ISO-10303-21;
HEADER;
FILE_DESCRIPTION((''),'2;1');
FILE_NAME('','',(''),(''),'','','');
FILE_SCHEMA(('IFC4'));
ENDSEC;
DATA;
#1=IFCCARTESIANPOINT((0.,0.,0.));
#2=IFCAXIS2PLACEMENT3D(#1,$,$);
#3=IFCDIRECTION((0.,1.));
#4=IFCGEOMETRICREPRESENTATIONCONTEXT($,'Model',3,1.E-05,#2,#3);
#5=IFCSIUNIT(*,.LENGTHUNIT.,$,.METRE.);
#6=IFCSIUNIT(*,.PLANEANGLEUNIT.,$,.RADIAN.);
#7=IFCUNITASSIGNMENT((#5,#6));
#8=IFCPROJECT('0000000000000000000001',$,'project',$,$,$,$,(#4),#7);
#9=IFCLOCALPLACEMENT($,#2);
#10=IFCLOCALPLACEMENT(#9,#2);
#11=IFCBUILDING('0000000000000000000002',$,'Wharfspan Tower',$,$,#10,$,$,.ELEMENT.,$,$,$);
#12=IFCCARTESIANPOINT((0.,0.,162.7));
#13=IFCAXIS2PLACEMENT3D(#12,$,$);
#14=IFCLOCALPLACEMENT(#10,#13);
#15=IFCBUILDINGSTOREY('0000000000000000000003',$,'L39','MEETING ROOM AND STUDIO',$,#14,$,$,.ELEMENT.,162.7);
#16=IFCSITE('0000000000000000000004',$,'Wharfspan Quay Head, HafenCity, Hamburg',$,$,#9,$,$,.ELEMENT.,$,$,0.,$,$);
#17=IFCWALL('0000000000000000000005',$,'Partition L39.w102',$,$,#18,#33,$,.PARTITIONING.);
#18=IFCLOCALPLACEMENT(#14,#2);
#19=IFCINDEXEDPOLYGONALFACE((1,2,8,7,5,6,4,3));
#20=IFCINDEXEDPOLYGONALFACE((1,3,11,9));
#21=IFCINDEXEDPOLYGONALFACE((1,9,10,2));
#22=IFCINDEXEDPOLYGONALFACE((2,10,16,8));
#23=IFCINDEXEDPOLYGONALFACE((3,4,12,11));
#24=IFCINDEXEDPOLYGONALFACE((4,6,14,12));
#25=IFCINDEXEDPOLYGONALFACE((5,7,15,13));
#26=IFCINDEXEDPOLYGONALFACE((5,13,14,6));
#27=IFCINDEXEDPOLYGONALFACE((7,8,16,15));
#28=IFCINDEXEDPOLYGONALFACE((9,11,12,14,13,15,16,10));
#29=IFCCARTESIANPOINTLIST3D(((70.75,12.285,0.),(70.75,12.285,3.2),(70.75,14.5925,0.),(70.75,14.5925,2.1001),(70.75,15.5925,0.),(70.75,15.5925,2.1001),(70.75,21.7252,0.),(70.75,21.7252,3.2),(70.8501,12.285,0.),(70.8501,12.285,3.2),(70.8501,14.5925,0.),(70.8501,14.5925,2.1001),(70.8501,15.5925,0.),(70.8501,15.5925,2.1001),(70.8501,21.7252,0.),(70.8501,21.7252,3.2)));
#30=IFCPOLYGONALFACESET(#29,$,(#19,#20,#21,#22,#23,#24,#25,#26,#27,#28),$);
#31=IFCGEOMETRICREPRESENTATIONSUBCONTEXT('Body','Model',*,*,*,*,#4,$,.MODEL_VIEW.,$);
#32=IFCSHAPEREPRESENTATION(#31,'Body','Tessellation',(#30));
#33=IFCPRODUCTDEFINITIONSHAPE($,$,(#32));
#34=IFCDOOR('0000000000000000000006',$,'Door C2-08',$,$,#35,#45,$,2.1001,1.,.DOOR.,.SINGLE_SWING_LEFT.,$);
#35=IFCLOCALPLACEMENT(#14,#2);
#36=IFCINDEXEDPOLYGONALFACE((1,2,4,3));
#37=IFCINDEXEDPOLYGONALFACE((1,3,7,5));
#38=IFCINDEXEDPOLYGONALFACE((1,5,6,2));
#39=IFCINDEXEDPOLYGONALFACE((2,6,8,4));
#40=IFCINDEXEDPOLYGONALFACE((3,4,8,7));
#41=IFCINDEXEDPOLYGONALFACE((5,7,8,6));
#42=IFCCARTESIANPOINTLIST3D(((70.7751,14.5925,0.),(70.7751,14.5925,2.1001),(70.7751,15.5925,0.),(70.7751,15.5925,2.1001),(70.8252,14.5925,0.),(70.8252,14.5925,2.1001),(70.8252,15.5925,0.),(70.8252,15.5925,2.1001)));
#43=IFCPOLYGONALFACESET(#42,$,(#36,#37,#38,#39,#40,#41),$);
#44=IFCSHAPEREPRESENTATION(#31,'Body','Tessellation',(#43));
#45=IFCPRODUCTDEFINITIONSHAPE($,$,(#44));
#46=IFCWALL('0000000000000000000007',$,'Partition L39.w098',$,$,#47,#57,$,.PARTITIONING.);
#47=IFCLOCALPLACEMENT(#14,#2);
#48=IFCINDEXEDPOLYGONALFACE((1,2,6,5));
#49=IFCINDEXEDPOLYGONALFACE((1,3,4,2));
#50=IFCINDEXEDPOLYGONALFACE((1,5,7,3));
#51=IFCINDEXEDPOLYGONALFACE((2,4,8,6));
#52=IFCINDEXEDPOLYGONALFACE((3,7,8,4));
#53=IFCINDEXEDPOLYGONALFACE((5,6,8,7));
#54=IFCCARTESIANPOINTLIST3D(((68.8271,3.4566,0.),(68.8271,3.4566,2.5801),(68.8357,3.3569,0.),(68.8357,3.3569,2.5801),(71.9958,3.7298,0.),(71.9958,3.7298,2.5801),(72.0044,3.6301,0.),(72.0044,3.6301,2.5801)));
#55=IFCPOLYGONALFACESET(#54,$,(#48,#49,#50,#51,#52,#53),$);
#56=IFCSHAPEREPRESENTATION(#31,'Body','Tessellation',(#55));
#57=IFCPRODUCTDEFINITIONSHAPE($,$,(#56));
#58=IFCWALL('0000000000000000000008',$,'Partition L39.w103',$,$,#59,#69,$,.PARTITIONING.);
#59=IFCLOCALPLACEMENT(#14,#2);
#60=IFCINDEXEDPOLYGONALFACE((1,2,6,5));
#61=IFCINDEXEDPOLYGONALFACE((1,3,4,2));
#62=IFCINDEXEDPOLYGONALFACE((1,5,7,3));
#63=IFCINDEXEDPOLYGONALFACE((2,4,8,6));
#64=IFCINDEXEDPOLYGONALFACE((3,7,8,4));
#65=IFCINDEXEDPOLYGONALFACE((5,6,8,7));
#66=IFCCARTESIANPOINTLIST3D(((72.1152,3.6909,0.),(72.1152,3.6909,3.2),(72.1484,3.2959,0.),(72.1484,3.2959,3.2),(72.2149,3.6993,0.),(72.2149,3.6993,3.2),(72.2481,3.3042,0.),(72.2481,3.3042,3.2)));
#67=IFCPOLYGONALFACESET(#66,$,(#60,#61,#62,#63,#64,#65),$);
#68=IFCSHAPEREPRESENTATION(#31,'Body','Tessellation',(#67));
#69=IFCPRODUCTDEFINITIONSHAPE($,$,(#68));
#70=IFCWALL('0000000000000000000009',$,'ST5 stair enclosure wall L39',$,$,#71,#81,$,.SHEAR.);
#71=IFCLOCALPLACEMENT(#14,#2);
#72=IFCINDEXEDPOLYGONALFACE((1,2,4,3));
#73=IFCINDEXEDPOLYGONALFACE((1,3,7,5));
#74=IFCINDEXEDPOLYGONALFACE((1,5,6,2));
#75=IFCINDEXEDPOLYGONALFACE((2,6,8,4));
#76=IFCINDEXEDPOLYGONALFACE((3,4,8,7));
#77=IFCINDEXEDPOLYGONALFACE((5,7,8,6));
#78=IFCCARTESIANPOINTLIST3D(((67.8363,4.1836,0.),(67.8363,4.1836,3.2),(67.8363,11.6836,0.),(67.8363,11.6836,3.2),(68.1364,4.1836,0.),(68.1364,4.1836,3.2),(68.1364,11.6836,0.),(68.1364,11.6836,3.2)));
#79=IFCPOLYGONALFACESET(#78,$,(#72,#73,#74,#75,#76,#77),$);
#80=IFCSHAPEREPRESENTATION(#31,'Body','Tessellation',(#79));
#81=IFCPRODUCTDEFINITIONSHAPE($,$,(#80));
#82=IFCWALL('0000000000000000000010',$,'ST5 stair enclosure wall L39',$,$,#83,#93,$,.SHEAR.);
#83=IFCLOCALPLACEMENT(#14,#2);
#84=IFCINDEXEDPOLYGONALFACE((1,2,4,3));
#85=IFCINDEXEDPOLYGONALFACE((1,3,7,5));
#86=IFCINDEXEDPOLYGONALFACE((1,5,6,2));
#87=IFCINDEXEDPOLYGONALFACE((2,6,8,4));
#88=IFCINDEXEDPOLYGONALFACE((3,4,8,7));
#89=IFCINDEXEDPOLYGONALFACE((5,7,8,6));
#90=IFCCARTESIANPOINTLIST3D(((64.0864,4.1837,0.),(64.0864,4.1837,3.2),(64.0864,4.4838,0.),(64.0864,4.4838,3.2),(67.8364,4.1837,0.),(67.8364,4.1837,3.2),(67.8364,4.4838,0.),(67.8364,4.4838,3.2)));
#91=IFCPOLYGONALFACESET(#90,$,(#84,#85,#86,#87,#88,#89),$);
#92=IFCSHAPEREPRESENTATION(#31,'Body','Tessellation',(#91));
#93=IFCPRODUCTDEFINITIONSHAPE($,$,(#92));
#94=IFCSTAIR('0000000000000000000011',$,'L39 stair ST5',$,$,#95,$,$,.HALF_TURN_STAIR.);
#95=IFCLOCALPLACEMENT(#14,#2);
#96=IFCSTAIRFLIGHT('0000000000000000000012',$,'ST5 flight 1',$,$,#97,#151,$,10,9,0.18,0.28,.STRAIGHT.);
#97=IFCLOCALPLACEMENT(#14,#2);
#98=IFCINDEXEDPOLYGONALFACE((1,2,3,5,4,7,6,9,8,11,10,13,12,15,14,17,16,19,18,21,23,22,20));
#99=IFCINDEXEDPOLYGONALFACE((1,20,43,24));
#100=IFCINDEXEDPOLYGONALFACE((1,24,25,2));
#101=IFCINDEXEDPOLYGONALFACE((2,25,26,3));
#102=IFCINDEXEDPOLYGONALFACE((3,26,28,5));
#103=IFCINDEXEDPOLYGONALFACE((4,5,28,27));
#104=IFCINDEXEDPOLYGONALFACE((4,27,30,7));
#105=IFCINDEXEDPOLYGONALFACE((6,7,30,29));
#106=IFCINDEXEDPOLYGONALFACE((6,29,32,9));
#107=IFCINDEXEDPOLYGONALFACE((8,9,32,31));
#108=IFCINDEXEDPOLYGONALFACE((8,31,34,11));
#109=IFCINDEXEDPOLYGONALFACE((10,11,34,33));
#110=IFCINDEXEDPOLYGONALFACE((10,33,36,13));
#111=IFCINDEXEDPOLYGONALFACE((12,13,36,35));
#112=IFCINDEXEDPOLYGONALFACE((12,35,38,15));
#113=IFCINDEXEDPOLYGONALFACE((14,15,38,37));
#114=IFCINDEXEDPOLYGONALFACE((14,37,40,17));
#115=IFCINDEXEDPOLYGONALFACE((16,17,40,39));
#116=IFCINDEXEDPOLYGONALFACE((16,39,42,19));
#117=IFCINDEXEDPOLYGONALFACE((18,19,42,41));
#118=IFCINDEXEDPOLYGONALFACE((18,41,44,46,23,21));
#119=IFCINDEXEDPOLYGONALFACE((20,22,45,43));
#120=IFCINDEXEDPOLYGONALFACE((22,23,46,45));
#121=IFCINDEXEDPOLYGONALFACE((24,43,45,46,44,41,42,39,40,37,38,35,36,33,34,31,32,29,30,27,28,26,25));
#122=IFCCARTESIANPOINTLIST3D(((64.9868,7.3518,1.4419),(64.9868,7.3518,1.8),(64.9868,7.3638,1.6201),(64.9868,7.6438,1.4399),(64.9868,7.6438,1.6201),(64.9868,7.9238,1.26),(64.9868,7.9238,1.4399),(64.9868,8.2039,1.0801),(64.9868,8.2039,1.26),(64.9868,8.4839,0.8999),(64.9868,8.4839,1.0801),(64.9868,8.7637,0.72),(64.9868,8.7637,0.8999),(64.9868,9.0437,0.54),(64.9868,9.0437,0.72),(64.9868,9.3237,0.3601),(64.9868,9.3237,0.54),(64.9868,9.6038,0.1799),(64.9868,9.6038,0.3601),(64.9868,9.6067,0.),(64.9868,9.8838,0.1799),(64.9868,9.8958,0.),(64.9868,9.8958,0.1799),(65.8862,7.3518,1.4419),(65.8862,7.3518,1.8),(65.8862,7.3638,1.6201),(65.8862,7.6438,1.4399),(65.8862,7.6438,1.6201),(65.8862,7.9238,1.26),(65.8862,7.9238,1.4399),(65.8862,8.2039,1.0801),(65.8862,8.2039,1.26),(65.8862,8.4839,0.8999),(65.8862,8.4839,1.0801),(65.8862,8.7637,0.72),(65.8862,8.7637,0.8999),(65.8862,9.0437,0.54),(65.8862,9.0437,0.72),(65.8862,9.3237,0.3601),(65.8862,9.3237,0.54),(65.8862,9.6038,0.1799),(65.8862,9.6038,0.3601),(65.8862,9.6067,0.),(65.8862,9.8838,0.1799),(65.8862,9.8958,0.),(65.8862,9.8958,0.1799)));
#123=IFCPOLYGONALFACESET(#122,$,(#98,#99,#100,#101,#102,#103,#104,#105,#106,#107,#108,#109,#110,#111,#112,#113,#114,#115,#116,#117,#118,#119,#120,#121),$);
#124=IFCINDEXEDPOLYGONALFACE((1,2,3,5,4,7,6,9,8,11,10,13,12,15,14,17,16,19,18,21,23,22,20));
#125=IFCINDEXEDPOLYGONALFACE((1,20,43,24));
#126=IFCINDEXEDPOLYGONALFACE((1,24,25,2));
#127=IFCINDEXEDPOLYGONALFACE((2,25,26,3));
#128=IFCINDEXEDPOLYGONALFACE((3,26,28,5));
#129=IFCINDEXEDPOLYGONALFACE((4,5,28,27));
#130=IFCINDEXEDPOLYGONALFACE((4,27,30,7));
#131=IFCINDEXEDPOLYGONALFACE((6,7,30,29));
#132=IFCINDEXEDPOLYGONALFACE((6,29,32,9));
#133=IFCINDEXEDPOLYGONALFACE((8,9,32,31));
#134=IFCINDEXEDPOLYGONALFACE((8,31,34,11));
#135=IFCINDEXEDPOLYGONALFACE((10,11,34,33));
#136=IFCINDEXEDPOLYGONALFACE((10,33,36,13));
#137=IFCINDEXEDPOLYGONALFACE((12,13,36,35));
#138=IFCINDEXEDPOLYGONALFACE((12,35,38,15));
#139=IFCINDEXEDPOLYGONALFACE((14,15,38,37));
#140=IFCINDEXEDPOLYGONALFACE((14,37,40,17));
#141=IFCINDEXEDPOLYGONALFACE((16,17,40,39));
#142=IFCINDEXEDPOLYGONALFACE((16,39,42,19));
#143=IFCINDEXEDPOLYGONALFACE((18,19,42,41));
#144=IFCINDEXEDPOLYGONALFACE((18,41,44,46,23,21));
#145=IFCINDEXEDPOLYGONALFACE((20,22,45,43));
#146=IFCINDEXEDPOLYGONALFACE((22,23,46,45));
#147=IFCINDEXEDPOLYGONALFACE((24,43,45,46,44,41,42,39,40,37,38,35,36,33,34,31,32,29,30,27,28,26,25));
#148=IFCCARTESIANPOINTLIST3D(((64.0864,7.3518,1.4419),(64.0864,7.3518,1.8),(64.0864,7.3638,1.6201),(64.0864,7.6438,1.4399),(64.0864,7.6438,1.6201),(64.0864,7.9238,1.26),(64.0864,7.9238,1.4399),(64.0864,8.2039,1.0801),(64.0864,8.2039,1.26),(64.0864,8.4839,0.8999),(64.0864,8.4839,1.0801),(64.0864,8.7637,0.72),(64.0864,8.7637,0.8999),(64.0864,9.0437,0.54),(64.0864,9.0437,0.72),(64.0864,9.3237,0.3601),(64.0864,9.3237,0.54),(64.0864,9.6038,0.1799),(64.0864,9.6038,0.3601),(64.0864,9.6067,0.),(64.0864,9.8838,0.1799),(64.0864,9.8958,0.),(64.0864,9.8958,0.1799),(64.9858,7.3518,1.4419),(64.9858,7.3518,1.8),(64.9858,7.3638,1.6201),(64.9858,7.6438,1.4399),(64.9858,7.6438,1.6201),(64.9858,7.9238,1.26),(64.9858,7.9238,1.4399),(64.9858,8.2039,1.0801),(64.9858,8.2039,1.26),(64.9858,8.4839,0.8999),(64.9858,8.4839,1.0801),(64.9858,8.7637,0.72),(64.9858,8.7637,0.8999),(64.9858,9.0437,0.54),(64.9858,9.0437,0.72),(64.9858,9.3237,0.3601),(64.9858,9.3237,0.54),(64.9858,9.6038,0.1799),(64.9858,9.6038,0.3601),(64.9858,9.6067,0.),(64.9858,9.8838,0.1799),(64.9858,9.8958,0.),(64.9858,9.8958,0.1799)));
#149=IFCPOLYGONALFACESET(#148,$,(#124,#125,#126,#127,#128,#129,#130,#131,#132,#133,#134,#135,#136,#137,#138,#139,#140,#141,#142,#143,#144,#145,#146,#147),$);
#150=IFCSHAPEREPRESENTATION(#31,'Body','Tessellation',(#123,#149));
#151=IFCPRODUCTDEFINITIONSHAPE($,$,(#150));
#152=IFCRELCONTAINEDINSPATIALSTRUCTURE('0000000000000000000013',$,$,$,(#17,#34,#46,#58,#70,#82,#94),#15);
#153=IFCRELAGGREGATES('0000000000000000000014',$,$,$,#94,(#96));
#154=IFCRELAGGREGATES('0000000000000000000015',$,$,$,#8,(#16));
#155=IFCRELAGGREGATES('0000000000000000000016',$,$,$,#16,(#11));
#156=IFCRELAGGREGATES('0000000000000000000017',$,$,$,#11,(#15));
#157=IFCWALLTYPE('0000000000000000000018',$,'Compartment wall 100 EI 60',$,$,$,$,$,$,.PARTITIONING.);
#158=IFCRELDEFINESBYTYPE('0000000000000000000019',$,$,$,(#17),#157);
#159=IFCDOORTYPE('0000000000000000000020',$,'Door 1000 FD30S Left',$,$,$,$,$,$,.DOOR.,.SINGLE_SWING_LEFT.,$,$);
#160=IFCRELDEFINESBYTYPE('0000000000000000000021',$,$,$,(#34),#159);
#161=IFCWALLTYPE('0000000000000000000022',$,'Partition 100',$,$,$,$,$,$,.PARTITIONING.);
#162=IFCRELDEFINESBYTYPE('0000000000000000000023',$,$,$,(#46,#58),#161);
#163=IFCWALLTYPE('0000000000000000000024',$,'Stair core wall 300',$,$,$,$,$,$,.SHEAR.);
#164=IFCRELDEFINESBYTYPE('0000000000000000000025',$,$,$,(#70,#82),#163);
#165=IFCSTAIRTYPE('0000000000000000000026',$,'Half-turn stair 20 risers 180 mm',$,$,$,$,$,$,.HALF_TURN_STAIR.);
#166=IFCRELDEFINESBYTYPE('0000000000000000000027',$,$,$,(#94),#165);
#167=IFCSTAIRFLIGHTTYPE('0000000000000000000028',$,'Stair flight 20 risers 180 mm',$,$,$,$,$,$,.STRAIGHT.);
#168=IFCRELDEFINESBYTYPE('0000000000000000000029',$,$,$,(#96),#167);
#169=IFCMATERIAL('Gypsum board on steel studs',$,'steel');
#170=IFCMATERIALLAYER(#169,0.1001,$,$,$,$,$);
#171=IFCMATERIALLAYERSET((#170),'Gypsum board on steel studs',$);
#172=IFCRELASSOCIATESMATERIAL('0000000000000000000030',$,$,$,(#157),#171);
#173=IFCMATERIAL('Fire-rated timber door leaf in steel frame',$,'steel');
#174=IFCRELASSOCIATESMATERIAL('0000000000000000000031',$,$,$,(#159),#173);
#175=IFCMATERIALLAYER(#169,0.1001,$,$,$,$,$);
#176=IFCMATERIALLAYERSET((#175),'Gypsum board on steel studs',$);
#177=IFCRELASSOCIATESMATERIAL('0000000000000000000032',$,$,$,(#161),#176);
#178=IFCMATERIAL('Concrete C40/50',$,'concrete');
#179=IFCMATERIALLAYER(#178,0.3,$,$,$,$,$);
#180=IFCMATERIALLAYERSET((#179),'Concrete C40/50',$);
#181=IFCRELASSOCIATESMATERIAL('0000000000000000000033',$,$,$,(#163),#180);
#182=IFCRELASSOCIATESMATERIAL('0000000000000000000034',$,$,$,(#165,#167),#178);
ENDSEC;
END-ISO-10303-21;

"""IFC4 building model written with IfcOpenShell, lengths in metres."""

from ifc_helpers import new_model, si_unit, direction, frame, frame_2d, origin, place, context, subcontext, project, spatial, polyline, rectangle, outline, extrude, material, layer, layer_set, type_object, element, fill, aggregate, save


model = new_model("IFC4")

# Units and contexts
model_context = context("Model", 3, precision=1e-05, world=origin(), true_north=direction((0.0, 1.0)))
body_context = subcontext(model_context, "Body", "Model", "MODEL_VIEW")
ifc_project = project(units=[si_unit("LENGTHUNIT", "METRE"), si_unit("PLANEANGLEUNIT", "RADIAN")], contexts=[model_context])

# Site, building, storey
site_placement = place(None, origin())
site = spatial("IfcSite", under=ifc_project, at=site_placement, Name="Wharfspan Quay Head, HafenCity, Hamburg", CompositionType="ELEMENT", RefElevation=0.0)
building_placement = place(site_placement, origin())
building = spatial("IfcBuilding", under=site, at=building_placement, Name="Wharfspan Tower", CompositionType="ELEMENT")
storey_placement = place(building_placement, frame((0.0, 0.0, 162.7)))
storey = spatial("IfcBuildingStorey", under=building, at=storey_placement, Name="L39", Description="MEETING ROOM AND STUDIO", CompositionType="ELEMENT", Elevation=162.7)

# Shared definitions
ifc_material_1 = material(Name="Gypsum board on steel studs", Category="steel")
ifc_layer_1 = layer(ifc_material_1, 0.1001)
ifc_layer_set_1 = layer_set([ifc_layer_1], Name="Gypsum board on steel studs")
wall_type_1 = type_object("IfcWallType", Name="Compartment wall 100 EI 60", PredefinedType="PARTITIONING", material=ifc_layer_set_1)

# Wall, opening, door
wall_1_placement = place(storey_placement, frame((70.8, 12.2849, 0.0), z_axis=(0.0, 0.0, 1.0), x_axis=(0.0, 1.0, 0.0)))
wall_1 = element("IfcWall", 1, at=wall_1_placement, inside=storey, type_object=wall_type_1, Name="Partition L39.w102", PredefinedType="PARTITIONING", context=body_context, shape_type="SweptSolid", body=[
    extrude(rectangle(XDim=9.4402, YDim=0.1001, at=frame_2d((4.7202, 0.0))), origin(), (0.0, 0.0, 1.0), 3.2),
])
opening_placement = place(wall_1_placement, frame((2.3076, 0.0, 0.0)))
opening = element("IfcOpeningElement", 2, at=opening_placement, cuts=wall_1, PredefinedType="OPENING", context=body_context, shape_type="SweptSolid", body=[
    extrude(rectangle(XDim=1.0, YDim=2.1001, at=frame_2d((0.5, 1.05))), frame((0.0, 0.0601, 0.0), z_axis=(0.0, -1.0, 0.0), x_axis=(1.0, 0.0, 0.0)), (0.0, 0.0, 1.0), 0.1201),
])
ifc_material_2 = material(Name="Fire-rated timber door leaf in steel frame", Category="steel")
door_type = type_object("IfcDoorType", Name="Door 1000 FD30S Left", OperationType="SINGLE_SWING_LEFT", PredefinedType="DOOR", material=ifc_material_2)
door_placement = place(opening_placement, origin())
door = element("IfcDoor", 3, at=door_placement, inside=storey, type_object=door_type, Name="Door C2-08", OperationType="SINGLE_SWING_LEFT", OverallHeight=2.1001, OverallWidth=1.0, PredefinedType="DOOR", context=body_context, shape_type="SweptSolid", body=[
    extrude(rectangle(XDim=1.0, YDim=2.1001, at=frame_2d((0.5, 1.05))), frame((0.0, 0.0249, 0.0), z_axis=(0.0, -1.0, 0.0), x_axis=(1.0, 0.0, 0.0)), (0.0, 0.0, 1.0), 0.05),
])
fill(opening, door)

# Walls
ifc_layer_2 = layer(ifc_material_1, 0.1001)
ifc_layer_set_2 = layer_set([ifc_layer_2], Name="Gypsum board on steel studs")
wall_type_2 = type_object("IfcWallType", Name="Partition 100", PredefinedType="PARTITIONING", material=ifc_layer_set_2)
wall_2_placement = place(storey_placement, frame((68.8313, 3.4067, 0.0), z_axis=(0.0, 0.0, 1.0), x_axis=(0.996308, 0.085898, 0.0)))
element("IfcWall", 4, at=wall_2_placement, inside=storey, type_object=wall_type_2, Name="Partition L39.w098", PredefinedType="PARTITIONING", context=body_context, shape_type="SweptSolid", body=[
    extrude(rectangle(XDim=3.1804, YDim=0.1001, at=frame_2d((1.5903, 0.0))), origin(), (0.0, 0.0, 1.0), 2.5801),
])
wall_3_placement = place(storey_placement, frame((72.1982, 3.3, 0.0), z_axis=(0.0, 0.0, 1.0), x_axis=(-0.083759, 0.996486, 0.0)))
element("IfcWall", 5, at=wall_3_placement, inside=storey, type_object=wall_type_2, Name="Partition L39.w103", PredefinedType="PARTITIONING", context=body_context, shape_type="SweptSolid", body=[
    extrude(rectangle(XDim=0.3965, YDim=0.1001, at=frame_2d((0.1982, 0.0))), origin(), (0.0, 0.0, 1.0), 3.2),
])
ifc_material_3 = material(Name="Concrete C40/50", Category="concrete")
ifc_layer_3 = layer(ifc_material_3, 0.3)
ifc_layer_set_3 = layer_set([ifc_layer_3], Name="Concrete C40/50")
wall_type_3 = type_object("IfcWallType", Name="Stair core wall 300", PredefinedType="SHEAR", material=ifc_layer_set_3)
wall_4_placement = place(storey_placement, frame((67.9863, 4.1836, 0.0), z_axis=(0.0, 0.0, 1.0), x_axis=(0.0, 1.0, 0.0)))
element("IfcWall", 6, at=wall_4_placement, inside=storey, type_object=wall_type_3, Name="ST5 stair enclosure wall L39", PredefinedType="SHEAR", context=body_context, shape_type="SweptSolid", body=[
    extrude(rectangle(XDim=7.5, YDim=0.3, at=frame_2d((3.75, 0.0))), origin(), (0.0, 0.0, 1.0), 3.2),
])
wall_5_placement = place(storey_placement, frame((64.0864, 4.3337, 0.0), z_axis=(0.0, 0.0, 1.0), x_axis=(1.0, 0.0, 0.0)))
element("IfcWall", 7, at=wall_5_placement, inside=storey, type_object=wall_type_3, Name="ST5 stair enclosure wall L39", PredefinedType="SHEAR", context=body_context, shape_type="SweptSolid", body=[
    extrude(rectangle(XDim=3.75, YDim=0.3, at=frame_2d((1.875, 0.0))), origin(), (0.0, 0.0, 1.0), 3.2),
])

# Stair, stair flight
stair_type = type_object("IfcStairType", Name="Half-turn stair 20 risers 180 mm", PredefinedType="HALF_TURN_STAIR", material=ifc_material_3)
stair_placement = place(storey_placement, origin())
stair = element("IfcStair", 8, at=stair_placement, inside=storey, type_object=stair_type, Name="L39 stair ST5", PredefinedType="HALF_TURN_STAIR")
stair_flight_type = type_object("IfcStairFlightType", Name="Stair flight 20 risers 180 mm", PredefinedType="STRAIGHT", material=ifc_material_3)
stair_flight_1_placement = place(storey_placement, frame((64.9863, 9.8838, 0.0), z_axis=(0.0, 0.0, 1.0), x_axis=(0.0, -1.0, 0.0)))
stair_flight_1 = element("IfcStairFlight", 9, at=stair_flight_1_placement, type_object=stair_flight_type, Name="ST5 flight 1", NumberOfRisers=10, NumberOfTreads=9, PredefinedType="STRAIGHT", RiserHeight=0.18, TreadLength=0.28, context=body_context, shape_type="SweptSolid", body=[
    extrude(outline(polyline([(-0.012, 0.0), (-0.012, 0.1799), (0.0, 0.1799), (0.28, 0.1799), (0.28, 0.3601), (0.5601, 0.3601), (0.5601, 0.54), (0.8401, 0.54), (0.8401, 0.72), (1.1201, 0.72), (1.1201, 0.8999), (1.3999, 0.8999), (1.3999, 1.0801), (1.6799, 1.0801), (1.6799, 1.26), (1.96, 1.26), (1.96, 1.4399), (2.24, 1.4399), (2.24, 1.6201), (2.52, 1.6201), (2.532, 1.8), (2.532, 1.4419), (0.2771, 0.0), (-0.012, 0.0)])), frame((0.0, 0.8999, 0.0), z_axis=(0.0, -1.0, 0.0), x_axis=(1.0, 0.0, 0.0)), (0.0, 0.0, 1.0), 0.8994),
    extrude(outline(polyline([(-0.012, 0.0), (-0.012, 0.1799), (0.0, 0.1799), (0.28, 0.1799), (0.28, 0.3601), (0.5601, 0.3601), (0.5601, 0.54), (0.8401, 0.54), (0.8401, 0.72), (1.1201, 0.72), (1.1201, 0.8999), (1.3999, 0.8999), (1.3999, 1.0801), (1.6799, 1.0801), (1.6799, 1.26), (1.96, 1.26), (1.96, 1.4399), (2.24, 1.4399), (2.24, 1.6201), (2.52, 1.6201), (2.532, 1.8), (2.532, 1.4419), (0.2771, 0.0), (-0.012, 0.0)])), frame((0.0, -0.0005, 0.0), z_axis=(0.0, -1.0, 0.0), x_axis=(1.0, 0.0, 0.0)), (0.0, 0.0, 1.0), 0.8994),
])
aggregate(stair, [stair_flight_1])

save(model, "model.ifc")
